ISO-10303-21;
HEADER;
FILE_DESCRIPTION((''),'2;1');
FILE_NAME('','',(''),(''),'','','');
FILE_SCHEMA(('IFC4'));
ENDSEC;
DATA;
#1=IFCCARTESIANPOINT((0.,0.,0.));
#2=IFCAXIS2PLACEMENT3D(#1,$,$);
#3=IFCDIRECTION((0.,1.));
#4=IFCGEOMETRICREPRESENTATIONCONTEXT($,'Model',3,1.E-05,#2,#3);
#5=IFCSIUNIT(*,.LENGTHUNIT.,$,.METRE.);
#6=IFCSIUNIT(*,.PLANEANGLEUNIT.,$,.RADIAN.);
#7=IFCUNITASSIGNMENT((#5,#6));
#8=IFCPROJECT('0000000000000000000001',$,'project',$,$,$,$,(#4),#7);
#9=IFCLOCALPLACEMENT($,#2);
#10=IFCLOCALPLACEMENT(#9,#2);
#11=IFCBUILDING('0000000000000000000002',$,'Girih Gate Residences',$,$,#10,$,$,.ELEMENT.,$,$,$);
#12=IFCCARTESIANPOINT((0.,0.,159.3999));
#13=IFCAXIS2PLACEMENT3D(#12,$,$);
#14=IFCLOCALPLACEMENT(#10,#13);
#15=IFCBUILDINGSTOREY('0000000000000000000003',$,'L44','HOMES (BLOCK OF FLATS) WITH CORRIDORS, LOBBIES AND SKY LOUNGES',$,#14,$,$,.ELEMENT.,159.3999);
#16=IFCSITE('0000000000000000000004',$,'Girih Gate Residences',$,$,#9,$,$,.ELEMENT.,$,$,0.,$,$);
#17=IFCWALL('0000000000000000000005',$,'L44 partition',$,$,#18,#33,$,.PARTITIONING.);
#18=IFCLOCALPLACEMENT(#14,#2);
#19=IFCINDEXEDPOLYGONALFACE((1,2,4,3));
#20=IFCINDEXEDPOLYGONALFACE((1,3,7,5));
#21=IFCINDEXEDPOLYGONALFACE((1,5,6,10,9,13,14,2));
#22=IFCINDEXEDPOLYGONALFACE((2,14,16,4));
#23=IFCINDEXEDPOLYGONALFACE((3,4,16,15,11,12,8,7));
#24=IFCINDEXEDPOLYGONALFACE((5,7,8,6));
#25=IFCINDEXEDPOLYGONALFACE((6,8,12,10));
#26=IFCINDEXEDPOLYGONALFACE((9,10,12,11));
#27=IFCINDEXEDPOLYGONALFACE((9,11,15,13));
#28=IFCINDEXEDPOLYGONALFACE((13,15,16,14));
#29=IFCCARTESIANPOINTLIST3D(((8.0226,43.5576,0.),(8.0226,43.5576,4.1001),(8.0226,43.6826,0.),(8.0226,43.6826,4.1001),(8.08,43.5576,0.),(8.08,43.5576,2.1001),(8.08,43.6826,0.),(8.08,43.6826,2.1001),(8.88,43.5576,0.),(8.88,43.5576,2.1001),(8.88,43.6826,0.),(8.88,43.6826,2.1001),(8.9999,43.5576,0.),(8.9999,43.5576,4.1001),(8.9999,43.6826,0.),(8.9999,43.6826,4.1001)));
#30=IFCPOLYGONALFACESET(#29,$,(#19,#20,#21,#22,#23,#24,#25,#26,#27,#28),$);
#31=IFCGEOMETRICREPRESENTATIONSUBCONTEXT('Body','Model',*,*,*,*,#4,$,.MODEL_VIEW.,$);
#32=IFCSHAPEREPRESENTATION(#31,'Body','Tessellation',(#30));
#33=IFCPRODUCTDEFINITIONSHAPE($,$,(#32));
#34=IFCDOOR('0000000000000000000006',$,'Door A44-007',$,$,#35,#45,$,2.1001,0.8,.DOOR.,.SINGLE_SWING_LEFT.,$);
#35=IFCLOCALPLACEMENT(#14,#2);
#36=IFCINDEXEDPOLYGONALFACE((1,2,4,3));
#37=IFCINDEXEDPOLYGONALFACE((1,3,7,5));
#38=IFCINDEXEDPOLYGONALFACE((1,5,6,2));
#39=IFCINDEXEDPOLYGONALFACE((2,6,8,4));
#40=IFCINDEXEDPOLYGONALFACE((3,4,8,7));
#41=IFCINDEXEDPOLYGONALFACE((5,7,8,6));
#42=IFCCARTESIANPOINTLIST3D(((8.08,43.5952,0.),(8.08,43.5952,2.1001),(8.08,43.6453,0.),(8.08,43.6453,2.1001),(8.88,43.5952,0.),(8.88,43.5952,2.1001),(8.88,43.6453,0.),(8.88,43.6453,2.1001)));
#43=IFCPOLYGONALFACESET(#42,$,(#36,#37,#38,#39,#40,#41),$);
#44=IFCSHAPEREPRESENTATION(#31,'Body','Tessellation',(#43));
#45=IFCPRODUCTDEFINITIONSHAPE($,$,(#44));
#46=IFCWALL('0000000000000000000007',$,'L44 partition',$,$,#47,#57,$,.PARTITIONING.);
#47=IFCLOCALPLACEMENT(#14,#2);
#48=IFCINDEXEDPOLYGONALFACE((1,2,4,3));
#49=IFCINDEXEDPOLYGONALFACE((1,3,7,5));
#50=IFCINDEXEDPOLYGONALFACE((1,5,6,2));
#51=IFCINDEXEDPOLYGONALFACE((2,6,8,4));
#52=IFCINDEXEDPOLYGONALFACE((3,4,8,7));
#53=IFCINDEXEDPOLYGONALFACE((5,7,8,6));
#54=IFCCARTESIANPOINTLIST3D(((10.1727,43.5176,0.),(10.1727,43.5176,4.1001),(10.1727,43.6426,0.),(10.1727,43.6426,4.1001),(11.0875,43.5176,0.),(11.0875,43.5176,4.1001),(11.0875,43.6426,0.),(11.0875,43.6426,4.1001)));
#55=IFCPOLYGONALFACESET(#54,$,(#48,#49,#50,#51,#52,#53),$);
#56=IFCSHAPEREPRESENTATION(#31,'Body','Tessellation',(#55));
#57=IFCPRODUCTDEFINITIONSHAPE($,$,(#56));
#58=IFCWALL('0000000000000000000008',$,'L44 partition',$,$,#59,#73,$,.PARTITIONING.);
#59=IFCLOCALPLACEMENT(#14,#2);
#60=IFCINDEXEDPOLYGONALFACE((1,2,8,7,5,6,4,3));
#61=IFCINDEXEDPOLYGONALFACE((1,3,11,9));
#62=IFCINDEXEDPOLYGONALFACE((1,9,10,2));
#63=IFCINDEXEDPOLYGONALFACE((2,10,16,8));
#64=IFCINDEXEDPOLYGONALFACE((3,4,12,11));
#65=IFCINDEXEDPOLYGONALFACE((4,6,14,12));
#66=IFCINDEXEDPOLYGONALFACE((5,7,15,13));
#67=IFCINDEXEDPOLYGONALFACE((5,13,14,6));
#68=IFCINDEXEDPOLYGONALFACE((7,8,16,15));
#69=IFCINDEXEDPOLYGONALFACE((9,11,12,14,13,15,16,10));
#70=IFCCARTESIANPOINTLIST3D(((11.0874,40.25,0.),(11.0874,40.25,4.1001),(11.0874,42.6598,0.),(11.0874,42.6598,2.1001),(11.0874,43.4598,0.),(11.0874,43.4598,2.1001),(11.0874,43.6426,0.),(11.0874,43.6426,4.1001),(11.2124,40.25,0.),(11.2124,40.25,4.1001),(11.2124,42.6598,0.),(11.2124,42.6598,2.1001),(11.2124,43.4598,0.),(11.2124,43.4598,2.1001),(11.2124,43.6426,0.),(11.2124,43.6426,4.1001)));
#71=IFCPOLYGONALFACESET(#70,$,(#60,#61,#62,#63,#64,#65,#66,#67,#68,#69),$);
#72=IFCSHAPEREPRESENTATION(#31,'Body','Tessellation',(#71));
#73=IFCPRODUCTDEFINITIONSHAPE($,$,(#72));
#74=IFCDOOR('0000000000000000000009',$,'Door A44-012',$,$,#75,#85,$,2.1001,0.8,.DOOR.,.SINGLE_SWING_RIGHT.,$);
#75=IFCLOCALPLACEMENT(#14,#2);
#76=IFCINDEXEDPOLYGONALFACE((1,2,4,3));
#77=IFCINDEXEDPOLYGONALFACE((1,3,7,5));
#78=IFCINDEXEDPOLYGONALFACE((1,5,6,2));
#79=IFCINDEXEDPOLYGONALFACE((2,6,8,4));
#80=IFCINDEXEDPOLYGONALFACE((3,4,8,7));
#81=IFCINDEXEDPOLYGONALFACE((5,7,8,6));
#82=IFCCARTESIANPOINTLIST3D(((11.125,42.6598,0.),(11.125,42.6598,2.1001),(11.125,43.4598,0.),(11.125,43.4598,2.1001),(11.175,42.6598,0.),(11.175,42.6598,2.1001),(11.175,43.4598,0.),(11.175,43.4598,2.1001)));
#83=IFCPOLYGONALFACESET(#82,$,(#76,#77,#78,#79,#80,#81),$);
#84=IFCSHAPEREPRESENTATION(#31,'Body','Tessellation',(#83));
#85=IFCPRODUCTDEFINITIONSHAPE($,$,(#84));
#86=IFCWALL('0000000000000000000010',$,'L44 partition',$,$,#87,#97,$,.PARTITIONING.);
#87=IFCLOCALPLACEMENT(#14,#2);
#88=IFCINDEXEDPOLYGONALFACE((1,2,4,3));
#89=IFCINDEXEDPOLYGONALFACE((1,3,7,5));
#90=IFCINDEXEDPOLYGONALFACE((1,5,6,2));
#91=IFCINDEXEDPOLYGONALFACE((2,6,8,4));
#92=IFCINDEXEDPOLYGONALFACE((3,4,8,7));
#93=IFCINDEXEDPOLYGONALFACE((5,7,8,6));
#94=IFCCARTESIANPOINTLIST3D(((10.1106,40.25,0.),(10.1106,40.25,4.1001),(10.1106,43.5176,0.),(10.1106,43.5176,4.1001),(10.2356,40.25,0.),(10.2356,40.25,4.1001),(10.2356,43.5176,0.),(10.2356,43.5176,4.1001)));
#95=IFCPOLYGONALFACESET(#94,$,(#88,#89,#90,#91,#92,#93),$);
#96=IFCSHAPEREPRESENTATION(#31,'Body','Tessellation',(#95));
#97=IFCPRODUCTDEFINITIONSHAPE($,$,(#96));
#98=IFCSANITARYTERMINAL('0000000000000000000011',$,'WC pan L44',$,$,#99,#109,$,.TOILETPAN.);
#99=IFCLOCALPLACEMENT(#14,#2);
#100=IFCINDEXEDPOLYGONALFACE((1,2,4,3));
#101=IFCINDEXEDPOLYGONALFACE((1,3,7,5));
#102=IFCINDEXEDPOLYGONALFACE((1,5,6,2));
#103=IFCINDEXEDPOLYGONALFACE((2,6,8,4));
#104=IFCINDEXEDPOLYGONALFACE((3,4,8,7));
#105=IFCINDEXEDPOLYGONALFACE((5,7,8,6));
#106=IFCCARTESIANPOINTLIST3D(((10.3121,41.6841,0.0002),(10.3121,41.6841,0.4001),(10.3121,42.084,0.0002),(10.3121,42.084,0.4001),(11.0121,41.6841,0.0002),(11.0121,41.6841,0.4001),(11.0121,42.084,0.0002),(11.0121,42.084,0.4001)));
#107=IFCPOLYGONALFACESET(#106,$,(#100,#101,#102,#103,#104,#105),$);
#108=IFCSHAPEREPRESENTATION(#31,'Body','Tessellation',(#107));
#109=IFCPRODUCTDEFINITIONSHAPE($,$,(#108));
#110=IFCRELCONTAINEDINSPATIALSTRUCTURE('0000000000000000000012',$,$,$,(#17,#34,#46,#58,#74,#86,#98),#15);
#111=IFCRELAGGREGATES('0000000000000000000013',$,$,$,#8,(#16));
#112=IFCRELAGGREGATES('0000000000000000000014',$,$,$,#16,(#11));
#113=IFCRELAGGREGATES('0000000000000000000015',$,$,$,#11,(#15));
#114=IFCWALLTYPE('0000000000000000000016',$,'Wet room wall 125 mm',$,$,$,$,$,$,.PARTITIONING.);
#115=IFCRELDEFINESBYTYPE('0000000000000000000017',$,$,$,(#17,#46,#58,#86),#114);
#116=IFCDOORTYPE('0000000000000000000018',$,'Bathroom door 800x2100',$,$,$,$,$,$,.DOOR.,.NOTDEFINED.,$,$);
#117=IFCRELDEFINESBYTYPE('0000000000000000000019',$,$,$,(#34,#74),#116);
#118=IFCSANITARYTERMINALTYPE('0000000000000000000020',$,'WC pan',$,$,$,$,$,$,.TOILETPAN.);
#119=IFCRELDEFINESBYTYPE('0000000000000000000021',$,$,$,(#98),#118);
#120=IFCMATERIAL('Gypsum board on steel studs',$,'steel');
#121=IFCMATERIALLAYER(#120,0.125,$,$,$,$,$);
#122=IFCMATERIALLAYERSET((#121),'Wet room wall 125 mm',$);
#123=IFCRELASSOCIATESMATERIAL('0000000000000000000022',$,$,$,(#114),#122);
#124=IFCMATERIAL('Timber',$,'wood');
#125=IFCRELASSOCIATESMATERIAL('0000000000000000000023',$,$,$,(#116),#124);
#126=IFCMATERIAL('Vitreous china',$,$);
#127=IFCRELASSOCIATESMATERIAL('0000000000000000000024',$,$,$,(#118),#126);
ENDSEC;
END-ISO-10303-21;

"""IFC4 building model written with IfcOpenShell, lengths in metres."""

from ifc_helpers import new_model, si_unit, direction, frame, frame_2d, origin, origin_2d, place, context, subcontext, project, spatial, rectangle, extrude, material, layer, layer_set, type_object, element, fill, save


model = new_model("IFC4")

# Units and contexts
model_context = context("Model", 3, precision=1e-05, world=origin(), true_north=direction((0.0, 1.0)))
body_context = subcontext(model_context, "Body", "Model", "MODEL_VIEW")
ifc_project = project(units=[si_unit("LENGTHUNIT", "METRE"), si_unit("PLANEANGLEUNIT", "RADIAN")], contexts=[model_context])

# Site, building, storey
site_placement = place(None, origin())
site = spatial("IfcSite", under=ifc_project, at=site_placement, Name="Girih Gate Residences", CompositionType="ELEMENT", RefElevation=0.0)
building_placement = place(site_placement, origin())
building = spatial("IfcBuilding", under=site, at=building_placement, Name="Girih Gate Residences", CompositionType="ELEMENT")
storey_placement = place(building_placement, frame((0.0, 0.0, 159.3999)))
storey = spatial("IfcBuildingStorey", under=building, at=storey_placement, Name="L44", Description="HOMES (BLOCK OF FLATS) WITH CORRIDORS, LOBBIES AND SKY LOUNGES", CompositionType="ELEMENT", Elevation=159.3999)

# Shared definitions
ifc_material_1 = material(Name="Gypsum board on steel studs", Category="steel")

# Shared definitions
ifc_material_2 = material(Name="Timber", Category="wood")

# Wall, opening, door
ifc_layer_1 = layer(ifc_material_1, 0.125)
ifc_layer_set_1 = layer_set([ifc_layer_1], Name="Wet room wall 125 mm")
wall_type_1 = type_object("IfcWallType", Name="Wet room wall 125 mm", PredefinedType="PARTITIONING", material=ifc_layer_set_1)
wall_1_placement = place(storey_placement, frame((9.0, 43.6201, 0.0), z_axis=(0.0, 0.0, 1.0), x_axis=(-1.0, 0.0, 0.0)))
wall_1 = element("IfcWall", 1, at=wall_1_placement, inside=storey, type_object=wall_type_1, Name="L44 partition", PredefinedType="PARTITIONING", context=body_context, shape_type="SweptSolid", body=[
    extrude(rectangle(XDim=0.9773, YDim=0.125, at=frame_2d((0.4888, 0.0))), origin(), (0.0, 0.0, 1.0), 4.1001),
])
opening_1_placement = place(wall_1_placement, frame((0.1201, 0.0, 0.0)))
opening_1 = element("IfcOpeningElement", 2, at=opening_1_placement, cuts=wall_1, PredefinedType="OPENING", context=body_context, shape_type="SweptSolid", body=[
    extrude(rectangle(XDim=0.8, YDim=2.1001, at=frame_2d((0.3999, 1.05))), frame((0.0, 0.0725, 0.0), z_axis=(0.0, -1.0, 0.0), x_axis=(1.0, 0.0, 0.0)), (0.0, 0.0, 1.0), 0.145),
])
door_type_1 = type_object("IfcDoorType", Name="Bathroom door 800x2100", OperationType="NOTDEFINED", PredefinedType="DOOR", material=ifc_material_2)
door_1_placement = place(opening_1_placement, origin())
door_1 = element("IfcDoor", 3, at=door_1_placement, inside=storey, type_object=door_type_1, Name="Door A44-007", OperationType="SINGLE_SWING_LEFT", OverallHeight=2.1001, OverallWidth=0.8, PredefinedType="DOOR", context=body_context, shape_type="SweptSolid", body=[
    extrude(rectangle(XDim=0.8, YDim=2.1001, at=frame_2d((0.3999, 1.05))), frame((0.0, 0.0249, 0.0), z_axis=(0.0, -1.0, 0.0), x_axis=(1.0, 0.0, 0.0)), (0.0, 0.0, 1.0), 0.05),
])
fill(opening_1, door_1)

# Wall
wall_2_placement = place(storey_placement, frame((10.1726, 43.5801, 0.0), z_axis=(0.0, 0.0, 1.0), x_axis=(1.0, 0.0, 0.0)))
element("IfcWall", 4, at=wall_2_placement, inside=storey, type_object=wall_type_1, Name="L44 partition", PredefinedType="PARTITIONING", context=body_context, shape_type="SweptSolid", body=[
    extrude(rectangle(XDim=0.9148, YDim=0.125, at=frame_2d((0.4575, 0.0))), origin(), (0.0, 0.0, 1.0), 4.1001),
])

# Wall, opening, door
wall_3_placement = place(storey_placement, frame((11.1499, 40.25, 0.0), z_axis=(0.0, 0.0, 1.0), x_axis=(0.0, 1.0, 0.0)))
wall_3 = element("IfcWall", 5, at=wall_3_placement, inside=storey, type_object=wall_type_1, Name="L44 partition", PredefinedType="PARTITIONING", context=body_context, shape_type="SweptSolid", body=[
    extrude(rectangle(XDim=3.3926, YDim=0.125, at=frame_2d((1.6963, 0.0))), origin(), (0.0, 0.0, 1.0), 4.1001),
])
opening_2_placement = place(wall_3_placement, frame((2.4099, 0.0, 0.0)))
opening_2 = element("IfcOpeningElement", 6, at=opening_2_placement, cuts=wall_3, PredefinedType="OPENING", context=body_context, shape_type="SweptSolid", body=[
    extrude(rectangle(XDim=0.8, YDim=2.1001, at=frame_2d((0.3999, 1.05))), frame((0.0, 0.0725, 0.0), z_axis=(0.0, -1.0, 0.0), x_axis=(1.0, 0.0, 0.0)), (0.0, 0.0, 1.0), 0.145),
])
door_2_placement = place(opening_2_placement, origin())
door_2 = element("IfcDoor", 7, at=door_2_placement, inside=storey, type_object=door_type_1, Name="Door A44-012", OperationType="SINGLE_SWING_RIGHT", OverallHeight=2.1001, OverallWidth=0.8, PredefinedType="DOOR", context=body_context, shape_type="SweptSolid", body=[
    extrude(rectangle(XDim=0.8, YDim=2.1001, at=frame_2d((0.3999, 1.05))), frame((0.0, 0.0249, 0.0), z_axis=(0.0, -1.0, 0.0), x_axis=(1.0, 0.0, 0.0)), (0.0, 0.0, 1.0), 0.05),
])
fill(opening_2, door_2)

# Wall
wall_4_placement = place(storey_placement, frame((10.1731, 40.25, 0.0), z_axis=(0.0, 0.0, 1.0), x_axis=(0.0, 1.0, 0.0)))
element("IfcWall", 8, at=wall_4_placement, inside=storey, type_object=wall_type_1, Name="L44 partition", PredefinedType="PARTITIONING", context=body_context, shape_type="SweptSolid", body=[
    extrude(rectangle(XDim=3.2676, YDim=0.125, at=frame_2d((1.6338, 0.0))), origin(), (0.0, 0.0, 1.0), 4.1001),
])

# Sanitary terminal
ifc_material_3 = material(Name="Vitreous china")
sanitary_terminal_type = type_object("IfcSanitaryTerminalType", Name="WC pan", PredefinedType="TOILETPAN", material=ifc_material_3)
sanitary_terminal_placement = place(storey_placement, frame((10.6621, 41.884, 0.0002), z_axis=(0.0, 0.0, 1.0), x_axis=(1.0, 0.0, 0.0)))
element("IfcSanitaryTerminal", 9, at=sanitary_terminal_placement, inside=storey, type_object=sanitary_terminal_type, Name="WC pan L44", PredefinedType="TOILETPAN", context=body_context, shape_type="SweptSolid", body=[
    extrude(rectangle(XDim=0.7, YDim=0.3999, at=origin_2d()), origin(), (0.0, 0.0, 1.0), 0.3999),
])

save(model, "model.ifc")
